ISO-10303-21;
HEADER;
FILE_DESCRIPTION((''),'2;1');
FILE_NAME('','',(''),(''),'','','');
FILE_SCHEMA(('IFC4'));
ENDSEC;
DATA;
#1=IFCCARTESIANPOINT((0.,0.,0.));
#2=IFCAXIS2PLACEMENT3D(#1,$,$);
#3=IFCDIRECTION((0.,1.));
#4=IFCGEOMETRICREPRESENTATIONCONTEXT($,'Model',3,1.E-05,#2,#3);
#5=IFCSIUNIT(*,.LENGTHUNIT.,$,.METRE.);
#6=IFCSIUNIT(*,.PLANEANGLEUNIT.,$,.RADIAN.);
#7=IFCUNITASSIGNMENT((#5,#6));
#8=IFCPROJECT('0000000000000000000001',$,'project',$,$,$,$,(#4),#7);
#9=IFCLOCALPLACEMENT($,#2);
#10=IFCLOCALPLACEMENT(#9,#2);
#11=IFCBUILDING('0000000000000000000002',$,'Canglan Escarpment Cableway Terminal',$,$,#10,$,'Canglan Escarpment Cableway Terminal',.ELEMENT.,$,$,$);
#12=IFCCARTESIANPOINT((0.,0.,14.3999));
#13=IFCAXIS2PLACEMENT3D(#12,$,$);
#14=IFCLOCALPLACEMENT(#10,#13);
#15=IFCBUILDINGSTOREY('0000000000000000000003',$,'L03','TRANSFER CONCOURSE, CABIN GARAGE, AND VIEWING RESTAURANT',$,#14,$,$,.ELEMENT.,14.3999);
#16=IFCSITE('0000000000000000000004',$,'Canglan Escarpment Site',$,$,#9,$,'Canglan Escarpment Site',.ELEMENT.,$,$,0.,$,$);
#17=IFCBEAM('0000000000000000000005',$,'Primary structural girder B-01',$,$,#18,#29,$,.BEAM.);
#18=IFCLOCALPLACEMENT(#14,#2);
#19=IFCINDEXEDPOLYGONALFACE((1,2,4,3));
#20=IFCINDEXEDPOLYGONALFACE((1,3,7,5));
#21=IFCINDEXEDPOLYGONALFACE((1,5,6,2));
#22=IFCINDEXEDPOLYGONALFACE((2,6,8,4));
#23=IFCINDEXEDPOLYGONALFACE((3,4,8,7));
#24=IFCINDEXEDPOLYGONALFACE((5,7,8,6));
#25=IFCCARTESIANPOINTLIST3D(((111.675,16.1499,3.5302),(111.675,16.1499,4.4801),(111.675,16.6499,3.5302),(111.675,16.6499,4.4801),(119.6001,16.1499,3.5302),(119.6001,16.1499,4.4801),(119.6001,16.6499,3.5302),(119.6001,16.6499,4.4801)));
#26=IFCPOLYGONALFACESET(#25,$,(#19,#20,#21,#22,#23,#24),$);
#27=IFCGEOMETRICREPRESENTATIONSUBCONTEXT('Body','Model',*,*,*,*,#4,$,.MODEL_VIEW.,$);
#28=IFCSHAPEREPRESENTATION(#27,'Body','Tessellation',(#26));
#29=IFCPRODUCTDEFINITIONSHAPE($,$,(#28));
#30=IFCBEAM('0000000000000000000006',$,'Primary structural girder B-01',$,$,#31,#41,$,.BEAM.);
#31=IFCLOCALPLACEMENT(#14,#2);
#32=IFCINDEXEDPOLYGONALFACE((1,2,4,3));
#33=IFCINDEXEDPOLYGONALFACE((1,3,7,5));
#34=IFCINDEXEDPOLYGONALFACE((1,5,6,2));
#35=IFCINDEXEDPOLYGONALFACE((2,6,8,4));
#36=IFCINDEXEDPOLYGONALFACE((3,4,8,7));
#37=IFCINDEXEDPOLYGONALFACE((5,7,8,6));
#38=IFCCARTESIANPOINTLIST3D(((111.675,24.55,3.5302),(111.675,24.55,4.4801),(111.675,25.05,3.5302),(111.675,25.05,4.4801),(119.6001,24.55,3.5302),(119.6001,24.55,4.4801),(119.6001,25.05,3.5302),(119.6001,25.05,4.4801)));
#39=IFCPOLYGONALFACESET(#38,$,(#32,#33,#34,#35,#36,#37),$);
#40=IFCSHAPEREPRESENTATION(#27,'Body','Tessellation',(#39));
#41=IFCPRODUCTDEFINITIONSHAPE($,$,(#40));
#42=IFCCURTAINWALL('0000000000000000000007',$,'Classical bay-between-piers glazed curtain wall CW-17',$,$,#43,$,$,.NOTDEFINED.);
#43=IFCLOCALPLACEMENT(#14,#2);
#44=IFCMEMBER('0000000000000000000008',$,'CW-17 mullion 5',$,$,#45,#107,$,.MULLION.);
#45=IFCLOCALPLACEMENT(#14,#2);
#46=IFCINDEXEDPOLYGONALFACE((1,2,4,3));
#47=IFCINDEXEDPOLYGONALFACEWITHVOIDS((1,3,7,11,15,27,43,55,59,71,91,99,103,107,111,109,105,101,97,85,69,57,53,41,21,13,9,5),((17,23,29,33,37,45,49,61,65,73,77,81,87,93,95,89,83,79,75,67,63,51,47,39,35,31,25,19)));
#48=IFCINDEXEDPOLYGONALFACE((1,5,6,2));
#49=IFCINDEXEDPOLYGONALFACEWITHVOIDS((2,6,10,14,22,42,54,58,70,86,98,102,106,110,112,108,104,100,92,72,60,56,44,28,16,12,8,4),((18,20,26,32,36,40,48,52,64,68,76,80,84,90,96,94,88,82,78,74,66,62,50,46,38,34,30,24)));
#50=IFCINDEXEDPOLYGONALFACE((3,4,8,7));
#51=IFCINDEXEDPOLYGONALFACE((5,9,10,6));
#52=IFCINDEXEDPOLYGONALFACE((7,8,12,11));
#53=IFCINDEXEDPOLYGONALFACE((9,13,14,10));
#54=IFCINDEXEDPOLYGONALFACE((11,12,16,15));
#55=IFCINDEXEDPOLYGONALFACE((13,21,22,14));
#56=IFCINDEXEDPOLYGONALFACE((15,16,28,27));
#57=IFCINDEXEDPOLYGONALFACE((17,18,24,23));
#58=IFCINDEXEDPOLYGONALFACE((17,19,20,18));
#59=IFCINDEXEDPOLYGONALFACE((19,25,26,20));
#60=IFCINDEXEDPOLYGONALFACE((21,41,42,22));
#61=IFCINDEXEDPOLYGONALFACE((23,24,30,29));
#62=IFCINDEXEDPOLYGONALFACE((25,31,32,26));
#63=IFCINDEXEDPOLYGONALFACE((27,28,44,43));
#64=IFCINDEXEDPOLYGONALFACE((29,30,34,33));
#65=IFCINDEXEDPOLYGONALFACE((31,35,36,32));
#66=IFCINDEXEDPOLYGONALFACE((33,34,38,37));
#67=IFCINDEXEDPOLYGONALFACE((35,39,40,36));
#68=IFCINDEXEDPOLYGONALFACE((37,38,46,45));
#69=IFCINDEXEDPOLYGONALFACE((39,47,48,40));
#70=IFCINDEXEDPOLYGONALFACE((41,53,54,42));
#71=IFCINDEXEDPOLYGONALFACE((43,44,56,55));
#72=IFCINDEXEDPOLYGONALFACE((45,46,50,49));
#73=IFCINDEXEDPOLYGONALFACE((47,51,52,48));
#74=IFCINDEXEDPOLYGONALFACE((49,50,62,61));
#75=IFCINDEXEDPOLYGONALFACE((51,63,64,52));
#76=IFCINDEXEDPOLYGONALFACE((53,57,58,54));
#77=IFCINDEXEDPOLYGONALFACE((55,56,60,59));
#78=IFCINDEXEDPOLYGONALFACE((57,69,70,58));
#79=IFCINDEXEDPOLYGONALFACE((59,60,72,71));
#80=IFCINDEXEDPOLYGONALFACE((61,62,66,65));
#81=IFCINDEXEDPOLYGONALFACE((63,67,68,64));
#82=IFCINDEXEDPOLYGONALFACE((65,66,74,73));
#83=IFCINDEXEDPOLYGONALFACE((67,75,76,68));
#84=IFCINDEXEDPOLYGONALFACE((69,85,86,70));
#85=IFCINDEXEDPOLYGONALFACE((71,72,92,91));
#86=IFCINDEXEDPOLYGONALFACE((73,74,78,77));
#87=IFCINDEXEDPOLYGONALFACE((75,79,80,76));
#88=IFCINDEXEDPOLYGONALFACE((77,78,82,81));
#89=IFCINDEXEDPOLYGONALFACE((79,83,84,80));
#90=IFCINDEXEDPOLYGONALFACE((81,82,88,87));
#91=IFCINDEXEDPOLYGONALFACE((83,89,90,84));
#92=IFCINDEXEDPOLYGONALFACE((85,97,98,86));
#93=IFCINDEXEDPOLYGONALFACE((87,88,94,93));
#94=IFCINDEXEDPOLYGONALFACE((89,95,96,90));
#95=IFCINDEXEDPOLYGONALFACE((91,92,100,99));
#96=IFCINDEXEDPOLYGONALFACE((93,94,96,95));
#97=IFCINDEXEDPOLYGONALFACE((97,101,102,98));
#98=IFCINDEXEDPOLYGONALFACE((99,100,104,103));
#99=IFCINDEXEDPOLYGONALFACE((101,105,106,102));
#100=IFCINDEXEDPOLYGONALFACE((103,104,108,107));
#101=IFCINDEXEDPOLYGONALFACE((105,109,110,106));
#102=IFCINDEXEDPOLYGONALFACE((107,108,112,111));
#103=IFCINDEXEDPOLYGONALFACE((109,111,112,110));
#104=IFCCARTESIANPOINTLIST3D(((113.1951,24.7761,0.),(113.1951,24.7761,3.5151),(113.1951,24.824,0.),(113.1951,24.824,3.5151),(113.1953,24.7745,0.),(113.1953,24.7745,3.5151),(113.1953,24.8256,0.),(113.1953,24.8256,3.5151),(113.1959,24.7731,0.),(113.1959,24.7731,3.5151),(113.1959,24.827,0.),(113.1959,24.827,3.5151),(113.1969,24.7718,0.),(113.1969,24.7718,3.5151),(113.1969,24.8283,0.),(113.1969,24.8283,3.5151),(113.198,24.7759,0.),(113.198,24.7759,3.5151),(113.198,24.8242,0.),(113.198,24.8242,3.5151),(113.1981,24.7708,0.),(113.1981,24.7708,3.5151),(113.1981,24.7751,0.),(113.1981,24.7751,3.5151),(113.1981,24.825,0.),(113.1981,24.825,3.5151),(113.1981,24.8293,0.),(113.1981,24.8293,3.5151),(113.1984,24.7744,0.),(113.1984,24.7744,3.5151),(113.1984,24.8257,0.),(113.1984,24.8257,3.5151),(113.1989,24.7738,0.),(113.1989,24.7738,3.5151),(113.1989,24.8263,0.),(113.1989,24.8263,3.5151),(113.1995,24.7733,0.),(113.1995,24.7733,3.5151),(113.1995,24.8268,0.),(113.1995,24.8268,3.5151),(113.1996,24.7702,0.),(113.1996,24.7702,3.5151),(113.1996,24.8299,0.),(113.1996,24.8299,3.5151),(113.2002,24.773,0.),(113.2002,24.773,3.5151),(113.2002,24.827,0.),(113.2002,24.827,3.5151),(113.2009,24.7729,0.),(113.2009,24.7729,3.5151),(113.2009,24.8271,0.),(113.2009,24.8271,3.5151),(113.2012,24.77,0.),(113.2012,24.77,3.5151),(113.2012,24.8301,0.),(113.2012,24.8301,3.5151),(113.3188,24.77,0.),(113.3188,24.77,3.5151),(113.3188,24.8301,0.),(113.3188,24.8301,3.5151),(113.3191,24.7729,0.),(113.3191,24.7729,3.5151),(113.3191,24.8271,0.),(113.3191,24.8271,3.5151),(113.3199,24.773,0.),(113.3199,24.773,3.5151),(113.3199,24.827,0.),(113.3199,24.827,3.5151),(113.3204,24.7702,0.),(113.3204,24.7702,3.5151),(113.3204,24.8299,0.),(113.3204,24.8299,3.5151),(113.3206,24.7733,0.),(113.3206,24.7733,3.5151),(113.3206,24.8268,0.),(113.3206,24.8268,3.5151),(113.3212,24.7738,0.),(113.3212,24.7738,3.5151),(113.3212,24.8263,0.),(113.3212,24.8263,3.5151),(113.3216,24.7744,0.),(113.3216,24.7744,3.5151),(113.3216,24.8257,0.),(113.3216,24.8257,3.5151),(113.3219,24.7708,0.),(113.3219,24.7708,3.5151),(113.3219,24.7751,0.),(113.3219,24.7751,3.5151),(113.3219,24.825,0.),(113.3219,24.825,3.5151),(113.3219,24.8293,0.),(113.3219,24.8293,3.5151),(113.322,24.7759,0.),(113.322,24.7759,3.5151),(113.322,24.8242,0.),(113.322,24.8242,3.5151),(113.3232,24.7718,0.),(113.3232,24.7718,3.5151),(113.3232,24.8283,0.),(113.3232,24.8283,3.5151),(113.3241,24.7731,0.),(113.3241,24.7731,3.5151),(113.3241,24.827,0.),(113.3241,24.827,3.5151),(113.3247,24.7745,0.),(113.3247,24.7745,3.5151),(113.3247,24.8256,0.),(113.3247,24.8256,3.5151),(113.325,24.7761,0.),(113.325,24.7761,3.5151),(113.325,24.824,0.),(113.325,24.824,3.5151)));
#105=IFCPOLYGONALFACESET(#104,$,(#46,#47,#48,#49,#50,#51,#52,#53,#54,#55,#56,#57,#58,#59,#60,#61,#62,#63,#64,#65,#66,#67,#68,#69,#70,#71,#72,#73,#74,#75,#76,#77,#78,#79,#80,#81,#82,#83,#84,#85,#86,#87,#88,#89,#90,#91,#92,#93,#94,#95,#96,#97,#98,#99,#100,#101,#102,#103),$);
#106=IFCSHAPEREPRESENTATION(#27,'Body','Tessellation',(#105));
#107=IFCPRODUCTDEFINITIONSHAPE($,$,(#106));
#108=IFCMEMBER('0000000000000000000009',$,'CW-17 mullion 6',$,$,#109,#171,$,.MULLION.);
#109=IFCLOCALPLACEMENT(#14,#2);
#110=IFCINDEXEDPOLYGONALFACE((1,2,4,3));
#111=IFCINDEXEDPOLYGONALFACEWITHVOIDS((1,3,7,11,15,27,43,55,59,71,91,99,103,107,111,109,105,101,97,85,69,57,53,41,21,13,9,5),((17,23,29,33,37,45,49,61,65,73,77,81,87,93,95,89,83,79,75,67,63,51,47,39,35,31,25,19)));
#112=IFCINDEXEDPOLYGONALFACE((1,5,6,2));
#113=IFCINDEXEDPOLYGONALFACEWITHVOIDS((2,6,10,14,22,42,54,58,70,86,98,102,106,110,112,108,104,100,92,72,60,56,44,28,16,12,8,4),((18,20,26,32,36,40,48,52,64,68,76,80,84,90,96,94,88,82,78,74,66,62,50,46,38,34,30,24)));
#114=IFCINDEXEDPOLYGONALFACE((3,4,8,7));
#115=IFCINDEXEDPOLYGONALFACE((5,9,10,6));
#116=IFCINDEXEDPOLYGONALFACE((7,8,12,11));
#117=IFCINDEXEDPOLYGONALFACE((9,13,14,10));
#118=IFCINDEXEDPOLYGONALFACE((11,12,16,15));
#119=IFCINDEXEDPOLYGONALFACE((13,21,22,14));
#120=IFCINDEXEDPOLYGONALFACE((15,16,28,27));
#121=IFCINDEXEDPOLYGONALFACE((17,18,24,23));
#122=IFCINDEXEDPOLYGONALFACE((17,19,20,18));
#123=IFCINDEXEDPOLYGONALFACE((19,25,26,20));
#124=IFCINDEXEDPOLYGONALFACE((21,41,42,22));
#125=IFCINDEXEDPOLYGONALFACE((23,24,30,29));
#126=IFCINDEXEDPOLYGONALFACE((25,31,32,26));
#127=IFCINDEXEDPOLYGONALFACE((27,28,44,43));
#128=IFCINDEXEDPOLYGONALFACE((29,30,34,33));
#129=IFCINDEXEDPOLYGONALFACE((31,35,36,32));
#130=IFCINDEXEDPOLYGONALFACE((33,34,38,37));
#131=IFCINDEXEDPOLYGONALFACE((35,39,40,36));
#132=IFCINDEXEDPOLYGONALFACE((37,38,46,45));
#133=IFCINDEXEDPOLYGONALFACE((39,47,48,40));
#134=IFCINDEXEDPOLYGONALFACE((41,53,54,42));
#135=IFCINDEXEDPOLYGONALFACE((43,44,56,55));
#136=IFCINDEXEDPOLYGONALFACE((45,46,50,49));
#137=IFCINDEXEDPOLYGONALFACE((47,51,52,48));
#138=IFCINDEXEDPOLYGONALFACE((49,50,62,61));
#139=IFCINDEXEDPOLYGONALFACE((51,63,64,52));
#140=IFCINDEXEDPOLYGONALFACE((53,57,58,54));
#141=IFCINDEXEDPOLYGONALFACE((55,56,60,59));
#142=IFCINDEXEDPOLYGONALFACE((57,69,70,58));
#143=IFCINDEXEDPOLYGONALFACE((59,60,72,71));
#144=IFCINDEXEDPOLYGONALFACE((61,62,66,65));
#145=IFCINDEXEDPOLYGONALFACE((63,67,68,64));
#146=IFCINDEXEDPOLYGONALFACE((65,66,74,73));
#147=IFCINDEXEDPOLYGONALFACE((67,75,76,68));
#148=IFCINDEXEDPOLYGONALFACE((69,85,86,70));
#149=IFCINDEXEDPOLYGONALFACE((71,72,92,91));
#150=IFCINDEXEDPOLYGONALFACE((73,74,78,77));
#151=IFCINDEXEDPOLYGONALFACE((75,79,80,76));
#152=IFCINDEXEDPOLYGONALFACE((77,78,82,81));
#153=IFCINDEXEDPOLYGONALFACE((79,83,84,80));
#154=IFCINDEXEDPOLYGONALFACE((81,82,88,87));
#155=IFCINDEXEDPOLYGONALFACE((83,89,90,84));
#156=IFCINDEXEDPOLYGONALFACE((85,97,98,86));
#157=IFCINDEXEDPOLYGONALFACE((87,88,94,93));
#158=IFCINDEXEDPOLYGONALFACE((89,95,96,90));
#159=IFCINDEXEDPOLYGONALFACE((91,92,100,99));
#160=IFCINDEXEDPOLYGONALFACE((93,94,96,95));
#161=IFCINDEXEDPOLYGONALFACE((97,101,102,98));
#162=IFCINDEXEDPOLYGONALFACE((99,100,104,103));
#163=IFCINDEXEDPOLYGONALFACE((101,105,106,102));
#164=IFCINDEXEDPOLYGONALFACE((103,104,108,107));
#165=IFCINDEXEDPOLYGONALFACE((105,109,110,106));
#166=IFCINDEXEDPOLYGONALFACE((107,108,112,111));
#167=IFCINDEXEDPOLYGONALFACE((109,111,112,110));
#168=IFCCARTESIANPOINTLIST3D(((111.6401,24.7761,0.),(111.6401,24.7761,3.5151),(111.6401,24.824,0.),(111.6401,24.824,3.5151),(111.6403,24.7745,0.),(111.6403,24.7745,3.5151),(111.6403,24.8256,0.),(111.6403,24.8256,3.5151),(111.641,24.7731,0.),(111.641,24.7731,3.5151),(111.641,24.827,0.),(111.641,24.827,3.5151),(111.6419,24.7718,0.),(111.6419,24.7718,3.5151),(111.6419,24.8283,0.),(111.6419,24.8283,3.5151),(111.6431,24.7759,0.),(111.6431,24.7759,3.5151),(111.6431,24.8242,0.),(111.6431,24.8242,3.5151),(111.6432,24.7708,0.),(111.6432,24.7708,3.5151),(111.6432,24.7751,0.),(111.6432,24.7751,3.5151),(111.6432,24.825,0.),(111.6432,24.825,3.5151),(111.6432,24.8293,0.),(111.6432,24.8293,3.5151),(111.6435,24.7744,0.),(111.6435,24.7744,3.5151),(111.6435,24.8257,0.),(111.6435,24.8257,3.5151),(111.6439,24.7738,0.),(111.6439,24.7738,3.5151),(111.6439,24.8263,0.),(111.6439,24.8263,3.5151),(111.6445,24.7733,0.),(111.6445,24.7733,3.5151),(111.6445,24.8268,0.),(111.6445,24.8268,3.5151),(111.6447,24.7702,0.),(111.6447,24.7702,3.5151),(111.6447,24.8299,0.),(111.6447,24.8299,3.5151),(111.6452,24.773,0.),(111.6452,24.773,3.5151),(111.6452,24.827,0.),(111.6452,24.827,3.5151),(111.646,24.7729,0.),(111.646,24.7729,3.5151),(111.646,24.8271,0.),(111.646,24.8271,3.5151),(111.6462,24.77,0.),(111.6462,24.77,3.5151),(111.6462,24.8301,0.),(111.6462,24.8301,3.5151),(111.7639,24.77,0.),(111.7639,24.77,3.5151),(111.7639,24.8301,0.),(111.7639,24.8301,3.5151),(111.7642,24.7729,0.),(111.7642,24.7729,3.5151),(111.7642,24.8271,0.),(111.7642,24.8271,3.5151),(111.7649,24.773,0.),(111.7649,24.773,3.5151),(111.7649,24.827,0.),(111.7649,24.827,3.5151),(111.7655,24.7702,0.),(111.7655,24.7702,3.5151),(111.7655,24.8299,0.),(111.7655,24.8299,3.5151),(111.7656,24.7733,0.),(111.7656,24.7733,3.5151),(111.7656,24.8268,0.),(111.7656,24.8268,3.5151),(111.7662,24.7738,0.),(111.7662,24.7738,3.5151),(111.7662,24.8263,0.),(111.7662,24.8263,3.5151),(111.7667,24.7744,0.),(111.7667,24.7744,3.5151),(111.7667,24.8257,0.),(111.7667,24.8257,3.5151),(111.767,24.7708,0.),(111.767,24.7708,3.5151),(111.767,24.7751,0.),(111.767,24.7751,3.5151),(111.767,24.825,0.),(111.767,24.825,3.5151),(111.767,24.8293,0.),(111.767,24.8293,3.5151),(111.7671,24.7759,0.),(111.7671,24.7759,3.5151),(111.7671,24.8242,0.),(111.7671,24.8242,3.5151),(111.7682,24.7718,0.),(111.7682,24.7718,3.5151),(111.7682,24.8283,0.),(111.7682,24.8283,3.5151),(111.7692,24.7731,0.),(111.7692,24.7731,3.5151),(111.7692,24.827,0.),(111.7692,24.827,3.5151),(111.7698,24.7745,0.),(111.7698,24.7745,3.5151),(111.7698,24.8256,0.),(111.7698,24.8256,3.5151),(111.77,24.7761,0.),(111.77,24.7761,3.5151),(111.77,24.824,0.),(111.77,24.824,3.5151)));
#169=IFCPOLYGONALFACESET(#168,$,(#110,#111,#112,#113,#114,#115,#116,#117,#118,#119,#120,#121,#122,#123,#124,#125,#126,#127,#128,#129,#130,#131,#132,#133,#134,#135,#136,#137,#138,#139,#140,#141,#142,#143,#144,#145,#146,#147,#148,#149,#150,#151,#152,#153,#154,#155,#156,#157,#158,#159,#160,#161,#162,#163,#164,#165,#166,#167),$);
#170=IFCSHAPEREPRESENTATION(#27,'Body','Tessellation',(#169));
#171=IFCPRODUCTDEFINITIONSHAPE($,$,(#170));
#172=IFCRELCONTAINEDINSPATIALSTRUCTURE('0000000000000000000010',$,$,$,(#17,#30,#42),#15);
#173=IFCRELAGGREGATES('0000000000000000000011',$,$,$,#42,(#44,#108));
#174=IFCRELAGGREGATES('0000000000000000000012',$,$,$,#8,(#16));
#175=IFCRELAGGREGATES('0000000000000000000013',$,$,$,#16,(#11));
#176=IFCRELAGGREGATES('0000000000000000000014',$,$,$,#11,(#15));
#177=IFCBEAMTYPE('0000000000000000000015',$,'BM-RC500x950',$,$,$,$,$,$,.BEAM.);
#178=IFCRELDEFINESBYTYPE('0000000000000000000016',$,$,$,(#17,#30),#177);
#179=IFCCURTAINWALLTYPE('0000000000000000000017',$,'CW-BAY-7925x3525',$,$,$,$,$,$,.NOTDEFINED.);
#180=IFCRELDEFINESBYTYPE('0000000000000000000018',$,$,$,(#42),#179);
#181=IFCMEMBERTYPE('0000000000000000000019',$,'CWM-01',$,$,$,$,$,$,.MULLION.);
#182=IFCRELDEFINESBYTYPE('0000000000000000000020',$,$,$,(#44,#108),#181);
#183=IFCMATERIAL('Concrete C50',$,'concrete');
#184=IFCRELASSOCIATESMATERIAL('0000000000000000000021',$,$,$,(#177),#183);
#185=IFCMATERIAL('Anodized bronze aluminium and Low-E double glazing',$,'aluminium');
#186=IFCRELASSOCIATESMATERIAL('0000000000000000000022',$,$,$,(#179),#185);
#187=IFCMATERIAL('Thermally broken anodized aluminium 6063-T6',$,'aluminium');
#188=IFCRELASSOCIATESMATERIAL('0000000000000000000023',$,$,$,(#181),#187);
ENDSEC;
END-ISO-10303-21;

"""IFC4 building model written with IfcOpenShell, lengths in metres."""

from ifc_helpers import new_model, si_unit, direction, frame, origin, origin_2d, place, context, subcontext, project, spatial, rectangle, hollow_rectangle, extrude, material, material_profile, profile_set, type_object, element, aggregate, save


model = new_model("IFC4")

# Units and contexts
model_context = context("Model", 3, precision=1e-05, world=origin(), true_north=direction((0.0, 1.0)))
body_context = subcontext(model_context, "Body", "Model", "MODEL_VIEW")
ifc_project = project(units=[si_unit("LENGTHUNIT", "METRE"), si_unit("PLANEANGLEUNIT", "RADIAN")], contexts=[model_context])

# Site, building, storey
site_placement = place(None, origin())
site = spatial("IfcSite", under=ifc_project, at=site_placement, Name="Canglan Escarpment Site", LongName="Canglan Escarpment Site", CompositionType="ELEMENT", RefElevation=0.0)
building_placement = place(site_placement, origin())
building = spatial("IfcBuilding", under=site, at=building_placement, Name="Canglan Escarpment Cableway Terminal", LongName="Canglan Escarpment Cableway Terminal", CompositionType="ELEMENT")
storey_placement = place(building_placement, frame((0.0, 0.0, 14.3999)))
storey = spatial("IfcBuildingStorey", under=building, at=storey_placement, Name="L03", Description="TRANSFER CONCOURSE, CABIN GARAGE, AND VIEWING RESTAURANT", CompositionType="ELEMENT", Elevation=14.3999)

# Beams
ifc_material_1 = material(Name="Concrete C50", Category="concrete")
ifc_material_profile_1 = material_profile(ifc_material_1, rectangle(XDim=0.5, YDim=0.95, at=origin_2d()), Name="RC 500x950")
ifc_profile_set_1 = profile_set([ifc_material_profile_1], Name="Concrete C50")
beam_type_1 = type_object("IfcBeamType", Name="BM-RC500x950", PredefinedType="BEAM", material=ifc_profile_set_1)
for number, where, z_axis, x_axis, name in (
    (1, (111.675, 16.3999, 4.0051), (1.0, 0.0, 0.0), (0.0, 1.0, 0.0), "Primary structural girder B-01"),
    (2, (111.675, 24.8, 4.0051), (1.0, 0.0, 0.0), (0.0, 1.0, 0.0), "Primary structural girder B-01"),
):
    element("IfcBeam", number, at=place(storey_placement, frame(where, z_axis=z_axis, x_axis=x_axis)), inside=storey, type_object=beam_type_1, Name=name, PredefinedType="BEAM", context=body_context, shape_type="SweptSolid", body=[
        extrude(rectangle(XDim=0.5, YDim=0.95, at=origin_2d()), origin(), (0.0, 0.0, 1.0), 7.925),
    ])

# Curtain wall, members
ifc_material_2 = material(Name="Anodized bronze aluminium and Low-E double glazing", Category="aluminium")
curtain_wall_type = type_object("IfcCurtainWallType", Name="CW-BAY-7925x3525", PredefinedType="NOTDEFINED", material=ifc_material_2)
curtain_wall_placement = place(storey_placement, origin())
curtain_wall = element("IfcCurtainWall", 3, at=curtain_wall_placement, inside=storey, type_object=curtain_wall_type, Name="Classical bay-between-piers glazed curtain wall CW-17", PredefinedType="NOTDEFINED")
ifc_material_3 = material(Name="Thermally broken anodized aluminium 6063-T6", Category="aluminium")
ifc_material_profile_2 = material_profile(ifc_material_3, hollow_rectangle(XDim=0.0601, YDim=0.1299, WallThickness=0.0029, InnerFilletRadius=0.0029, OuterFilletRadius=0.0061, at=origin_2d()), Name="ALU-MULL 60x130x3")
ifc_profile_set_2 = profile_set([ifc_material_profile_2], Name="Thermally broken anodized aluminium 6063-T6")
member_type_1 = type_object("IfcMemberType", Name="CWM-01", PredefinedType="MULLION", material=ifc_profile_set_2)
member_1_placement = place(storey_placement, frame((113.26, 24.8, 0.0), z_axis=(0.0, 0.0, 1.0), x_axis=(0.0, -1.0, 0.0)))
member_1 = element("IfcMember", 4, at=member_1_placement, type_object=member_type_1, Name="CW-17 mullion 5", PredefinedType="MULLION", context=body_context, shape_type="SweptSolid", body=[
    extrude(hollow_rectangle(XDim=0.0601, YDim=0.1299, WallThickness=0.0029, InnerFilletRadius=0.0029, OuterFilletRadius=0.0061, at=origin_2d()), origin(), (0.0, 0.0, 1.0), 3.5151),
])
member_2_placement = place(storey_placement, frame((111.7051, 24.8, 0.0), z_axis=(0.0, 0.0, 1.0), x_axis=(0.0, -1.0, 0.0)))
member_2 = element("IfcMember", 5, at=member_2_placement, type_object=member_type_1, Name="CW-17 mullion 6", PredefinedType="MULLION", context=body_context, shape_type="SweptSolid", body=[
    extrude(hollow_rectangle(XDim=0.0601, YDim=0.1299, WallThickness=0.0029, InnerFilletRadius=0.0029, OuterFilletRadius=0.0061, at=origin_2d()), origin(), (0.0, 0.0, 1.0), 3.5151),
])

aggregate(curtain_wall, [member_1, member_2])

save(model, "model.ifc")
